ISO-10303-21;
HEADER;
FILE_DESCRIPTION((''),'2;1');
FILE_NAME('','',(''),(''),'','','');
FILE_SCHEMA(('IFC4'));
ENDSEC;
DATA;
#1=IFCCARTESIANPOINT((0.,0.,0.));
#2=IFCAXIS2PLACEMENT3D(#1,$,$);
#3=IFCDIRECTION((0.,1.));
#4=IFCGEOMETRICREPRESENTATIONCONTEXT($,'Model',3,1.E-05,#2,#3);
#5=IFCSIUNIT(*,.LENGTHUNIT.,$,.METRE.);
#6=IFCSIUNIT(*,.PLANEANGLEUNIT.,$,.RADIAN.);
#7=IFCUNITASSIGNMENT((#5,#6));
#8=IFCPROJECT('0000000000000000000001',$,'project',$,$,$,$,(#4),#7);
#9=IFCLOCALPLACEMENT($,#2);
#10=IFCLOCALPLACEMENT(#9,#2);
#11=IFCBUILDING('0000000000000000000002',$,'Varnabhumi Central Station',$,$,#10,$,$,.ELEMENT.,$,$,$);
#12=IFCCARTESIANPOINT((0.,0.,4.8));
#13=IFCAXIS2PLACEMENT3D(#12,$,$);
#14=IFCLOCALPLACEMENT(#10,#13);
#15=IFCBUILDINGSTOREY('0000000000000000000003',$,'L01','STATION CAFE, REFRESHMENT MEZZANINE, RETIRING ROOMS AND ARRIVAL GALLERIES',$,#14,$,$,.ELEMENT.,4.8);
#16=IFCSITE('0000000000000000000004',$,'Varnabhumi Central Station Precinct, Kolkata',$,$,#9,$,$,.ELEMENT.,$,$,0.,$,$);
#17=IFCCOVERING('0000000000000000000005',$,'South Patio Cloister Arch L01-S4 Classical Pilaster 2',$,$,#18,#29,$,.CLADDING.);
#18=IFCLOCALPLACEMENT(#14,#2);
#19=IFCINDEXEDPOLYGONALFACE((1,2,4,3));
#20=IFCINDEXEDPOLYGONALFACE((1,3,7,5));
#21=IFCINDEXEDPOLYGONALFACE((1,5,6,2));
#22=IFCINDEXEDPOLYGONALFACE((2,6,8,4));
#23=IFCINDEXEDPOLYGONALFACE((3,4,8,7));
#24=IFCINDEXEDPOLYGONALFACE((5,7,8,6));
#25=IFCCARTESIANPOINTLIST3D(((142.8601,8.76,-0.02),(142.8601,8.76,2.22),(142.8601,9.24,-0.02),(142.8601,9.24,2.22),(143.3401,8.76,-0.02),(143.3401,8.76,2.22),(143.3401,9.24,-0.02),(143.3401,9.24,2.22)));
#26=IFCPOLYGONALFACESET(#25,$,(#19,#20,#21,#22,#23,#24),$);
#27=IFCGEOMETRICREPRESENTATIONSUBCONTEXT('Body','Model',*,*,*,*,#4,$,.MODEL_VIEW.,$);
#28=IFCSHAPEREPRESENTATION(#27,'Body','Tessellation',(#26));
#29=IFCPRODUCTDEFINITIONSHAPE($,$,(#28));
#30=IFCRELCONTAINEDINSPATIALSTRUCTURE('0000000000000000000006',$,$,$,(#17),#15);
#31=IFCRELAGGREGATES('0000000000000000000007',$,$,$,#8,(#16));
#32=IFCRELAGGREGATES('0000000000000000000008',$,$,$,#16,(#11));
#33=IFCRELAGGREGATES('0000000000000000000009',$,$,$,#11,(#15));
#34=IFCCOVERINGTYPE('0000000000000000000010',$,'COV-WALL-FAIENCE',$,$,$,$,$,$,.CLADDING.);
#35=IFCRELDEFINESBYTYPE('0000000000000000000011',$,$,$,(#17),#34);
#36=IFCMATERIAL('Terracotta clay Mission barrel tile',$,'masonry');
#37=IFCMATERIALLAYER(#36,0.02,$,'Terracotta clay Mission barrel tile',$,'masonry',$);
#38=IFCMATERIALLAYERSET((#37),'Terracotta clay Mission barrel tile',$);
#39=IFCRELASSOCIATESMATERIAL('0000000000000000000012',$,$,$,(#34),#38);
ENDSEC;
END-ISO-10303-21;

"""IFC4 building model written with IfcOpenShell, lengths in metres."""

from ifc_helpers import new_model, si_unit, direction, frame, origin, origin_2d, place, context, subcontext, project, spatial, rectangle, extrude, material, layer, layer_set, type_object, element, save


model = new_model("IFC4")

# Units and contexts
model_context = context("Model", 3, precision=1e-05, world=origin(), true_north=direction((0.0, 1.0)))
body_context = subcontext(model_context, "Body", "Model", "MODEL_VIEW")
ifc_project = project(units=[si_unit("LENGTHUNIT", "METRE"), si_unit("PLANEANGLEUNIT", "RADIAN")], contexts=[model_context])

# Site, building, storey
site_placement = place(None, origin())
site = spatial("IfcSite", under=ifc_project, at=site_placement, Name="Varnabhumi Central Station Precinct, Kolkata", CompositionType="ELEMENT", RefElevation=0.0)
building_placement = place(site_placement, origin())
building = spatial("IfcBuilding", under=site, at=building_placement, Name="Varnabhumi Central Station", CompositionType="ELEMENT")
storey_placement = place(building_placement, frame((0.0, 0.0, 4.8)))
storey = spatial("IfcBuildingStorey", under=building, at=storey_placement, Name="L01", Description="STATION CAFE, REFRESHMENT MEZZANINE, RETIRING ROOMS AND ARRIVAL GALLERIES", CompositionType="ELEMENT", Elevation=4.8)

# Covering
ifc_material_1 = material(Name="Terracotta clay Mission barrel tile", Category="masonry")
ifc_layer_1 = layer(ifc_material_1, 0.02, Name="Terracotta clay Mission barrel tile", Category="masonry")
ifc_layer_set_1 = layer_set([ifc_layer_1], Name="Terracotta clay Mission barrel tile")
covering_type = type_object("IfcCoveringType", Name="COV-WALL-FAIENCE", PredefinedType="CLADDING", material=ifc_layer_set_1)
covering_1_placement = place(storey_placement, frame((143.1001, 9.0, -0.02), z_axis=(0.0, 0.0, 1.0), x_axis=(1.0, 0.0, 0.0)))
element("IfcCovering", 1, at=covering_1_placement, inside=storey, type_object=covering_type, Name="South Patio Cloister Arch L01-S4 Classical Pilaster 2", PredefinedType="CLADDING", context=body_context, shape_type="SweptSolid", body=[
    extrude(rectangle(XDim=0.48, YDim=0.48, at=origin_2d()), origin(), (0.0, 0.0, 1.0), 2.24),
])

save(model, "model.ifc")
